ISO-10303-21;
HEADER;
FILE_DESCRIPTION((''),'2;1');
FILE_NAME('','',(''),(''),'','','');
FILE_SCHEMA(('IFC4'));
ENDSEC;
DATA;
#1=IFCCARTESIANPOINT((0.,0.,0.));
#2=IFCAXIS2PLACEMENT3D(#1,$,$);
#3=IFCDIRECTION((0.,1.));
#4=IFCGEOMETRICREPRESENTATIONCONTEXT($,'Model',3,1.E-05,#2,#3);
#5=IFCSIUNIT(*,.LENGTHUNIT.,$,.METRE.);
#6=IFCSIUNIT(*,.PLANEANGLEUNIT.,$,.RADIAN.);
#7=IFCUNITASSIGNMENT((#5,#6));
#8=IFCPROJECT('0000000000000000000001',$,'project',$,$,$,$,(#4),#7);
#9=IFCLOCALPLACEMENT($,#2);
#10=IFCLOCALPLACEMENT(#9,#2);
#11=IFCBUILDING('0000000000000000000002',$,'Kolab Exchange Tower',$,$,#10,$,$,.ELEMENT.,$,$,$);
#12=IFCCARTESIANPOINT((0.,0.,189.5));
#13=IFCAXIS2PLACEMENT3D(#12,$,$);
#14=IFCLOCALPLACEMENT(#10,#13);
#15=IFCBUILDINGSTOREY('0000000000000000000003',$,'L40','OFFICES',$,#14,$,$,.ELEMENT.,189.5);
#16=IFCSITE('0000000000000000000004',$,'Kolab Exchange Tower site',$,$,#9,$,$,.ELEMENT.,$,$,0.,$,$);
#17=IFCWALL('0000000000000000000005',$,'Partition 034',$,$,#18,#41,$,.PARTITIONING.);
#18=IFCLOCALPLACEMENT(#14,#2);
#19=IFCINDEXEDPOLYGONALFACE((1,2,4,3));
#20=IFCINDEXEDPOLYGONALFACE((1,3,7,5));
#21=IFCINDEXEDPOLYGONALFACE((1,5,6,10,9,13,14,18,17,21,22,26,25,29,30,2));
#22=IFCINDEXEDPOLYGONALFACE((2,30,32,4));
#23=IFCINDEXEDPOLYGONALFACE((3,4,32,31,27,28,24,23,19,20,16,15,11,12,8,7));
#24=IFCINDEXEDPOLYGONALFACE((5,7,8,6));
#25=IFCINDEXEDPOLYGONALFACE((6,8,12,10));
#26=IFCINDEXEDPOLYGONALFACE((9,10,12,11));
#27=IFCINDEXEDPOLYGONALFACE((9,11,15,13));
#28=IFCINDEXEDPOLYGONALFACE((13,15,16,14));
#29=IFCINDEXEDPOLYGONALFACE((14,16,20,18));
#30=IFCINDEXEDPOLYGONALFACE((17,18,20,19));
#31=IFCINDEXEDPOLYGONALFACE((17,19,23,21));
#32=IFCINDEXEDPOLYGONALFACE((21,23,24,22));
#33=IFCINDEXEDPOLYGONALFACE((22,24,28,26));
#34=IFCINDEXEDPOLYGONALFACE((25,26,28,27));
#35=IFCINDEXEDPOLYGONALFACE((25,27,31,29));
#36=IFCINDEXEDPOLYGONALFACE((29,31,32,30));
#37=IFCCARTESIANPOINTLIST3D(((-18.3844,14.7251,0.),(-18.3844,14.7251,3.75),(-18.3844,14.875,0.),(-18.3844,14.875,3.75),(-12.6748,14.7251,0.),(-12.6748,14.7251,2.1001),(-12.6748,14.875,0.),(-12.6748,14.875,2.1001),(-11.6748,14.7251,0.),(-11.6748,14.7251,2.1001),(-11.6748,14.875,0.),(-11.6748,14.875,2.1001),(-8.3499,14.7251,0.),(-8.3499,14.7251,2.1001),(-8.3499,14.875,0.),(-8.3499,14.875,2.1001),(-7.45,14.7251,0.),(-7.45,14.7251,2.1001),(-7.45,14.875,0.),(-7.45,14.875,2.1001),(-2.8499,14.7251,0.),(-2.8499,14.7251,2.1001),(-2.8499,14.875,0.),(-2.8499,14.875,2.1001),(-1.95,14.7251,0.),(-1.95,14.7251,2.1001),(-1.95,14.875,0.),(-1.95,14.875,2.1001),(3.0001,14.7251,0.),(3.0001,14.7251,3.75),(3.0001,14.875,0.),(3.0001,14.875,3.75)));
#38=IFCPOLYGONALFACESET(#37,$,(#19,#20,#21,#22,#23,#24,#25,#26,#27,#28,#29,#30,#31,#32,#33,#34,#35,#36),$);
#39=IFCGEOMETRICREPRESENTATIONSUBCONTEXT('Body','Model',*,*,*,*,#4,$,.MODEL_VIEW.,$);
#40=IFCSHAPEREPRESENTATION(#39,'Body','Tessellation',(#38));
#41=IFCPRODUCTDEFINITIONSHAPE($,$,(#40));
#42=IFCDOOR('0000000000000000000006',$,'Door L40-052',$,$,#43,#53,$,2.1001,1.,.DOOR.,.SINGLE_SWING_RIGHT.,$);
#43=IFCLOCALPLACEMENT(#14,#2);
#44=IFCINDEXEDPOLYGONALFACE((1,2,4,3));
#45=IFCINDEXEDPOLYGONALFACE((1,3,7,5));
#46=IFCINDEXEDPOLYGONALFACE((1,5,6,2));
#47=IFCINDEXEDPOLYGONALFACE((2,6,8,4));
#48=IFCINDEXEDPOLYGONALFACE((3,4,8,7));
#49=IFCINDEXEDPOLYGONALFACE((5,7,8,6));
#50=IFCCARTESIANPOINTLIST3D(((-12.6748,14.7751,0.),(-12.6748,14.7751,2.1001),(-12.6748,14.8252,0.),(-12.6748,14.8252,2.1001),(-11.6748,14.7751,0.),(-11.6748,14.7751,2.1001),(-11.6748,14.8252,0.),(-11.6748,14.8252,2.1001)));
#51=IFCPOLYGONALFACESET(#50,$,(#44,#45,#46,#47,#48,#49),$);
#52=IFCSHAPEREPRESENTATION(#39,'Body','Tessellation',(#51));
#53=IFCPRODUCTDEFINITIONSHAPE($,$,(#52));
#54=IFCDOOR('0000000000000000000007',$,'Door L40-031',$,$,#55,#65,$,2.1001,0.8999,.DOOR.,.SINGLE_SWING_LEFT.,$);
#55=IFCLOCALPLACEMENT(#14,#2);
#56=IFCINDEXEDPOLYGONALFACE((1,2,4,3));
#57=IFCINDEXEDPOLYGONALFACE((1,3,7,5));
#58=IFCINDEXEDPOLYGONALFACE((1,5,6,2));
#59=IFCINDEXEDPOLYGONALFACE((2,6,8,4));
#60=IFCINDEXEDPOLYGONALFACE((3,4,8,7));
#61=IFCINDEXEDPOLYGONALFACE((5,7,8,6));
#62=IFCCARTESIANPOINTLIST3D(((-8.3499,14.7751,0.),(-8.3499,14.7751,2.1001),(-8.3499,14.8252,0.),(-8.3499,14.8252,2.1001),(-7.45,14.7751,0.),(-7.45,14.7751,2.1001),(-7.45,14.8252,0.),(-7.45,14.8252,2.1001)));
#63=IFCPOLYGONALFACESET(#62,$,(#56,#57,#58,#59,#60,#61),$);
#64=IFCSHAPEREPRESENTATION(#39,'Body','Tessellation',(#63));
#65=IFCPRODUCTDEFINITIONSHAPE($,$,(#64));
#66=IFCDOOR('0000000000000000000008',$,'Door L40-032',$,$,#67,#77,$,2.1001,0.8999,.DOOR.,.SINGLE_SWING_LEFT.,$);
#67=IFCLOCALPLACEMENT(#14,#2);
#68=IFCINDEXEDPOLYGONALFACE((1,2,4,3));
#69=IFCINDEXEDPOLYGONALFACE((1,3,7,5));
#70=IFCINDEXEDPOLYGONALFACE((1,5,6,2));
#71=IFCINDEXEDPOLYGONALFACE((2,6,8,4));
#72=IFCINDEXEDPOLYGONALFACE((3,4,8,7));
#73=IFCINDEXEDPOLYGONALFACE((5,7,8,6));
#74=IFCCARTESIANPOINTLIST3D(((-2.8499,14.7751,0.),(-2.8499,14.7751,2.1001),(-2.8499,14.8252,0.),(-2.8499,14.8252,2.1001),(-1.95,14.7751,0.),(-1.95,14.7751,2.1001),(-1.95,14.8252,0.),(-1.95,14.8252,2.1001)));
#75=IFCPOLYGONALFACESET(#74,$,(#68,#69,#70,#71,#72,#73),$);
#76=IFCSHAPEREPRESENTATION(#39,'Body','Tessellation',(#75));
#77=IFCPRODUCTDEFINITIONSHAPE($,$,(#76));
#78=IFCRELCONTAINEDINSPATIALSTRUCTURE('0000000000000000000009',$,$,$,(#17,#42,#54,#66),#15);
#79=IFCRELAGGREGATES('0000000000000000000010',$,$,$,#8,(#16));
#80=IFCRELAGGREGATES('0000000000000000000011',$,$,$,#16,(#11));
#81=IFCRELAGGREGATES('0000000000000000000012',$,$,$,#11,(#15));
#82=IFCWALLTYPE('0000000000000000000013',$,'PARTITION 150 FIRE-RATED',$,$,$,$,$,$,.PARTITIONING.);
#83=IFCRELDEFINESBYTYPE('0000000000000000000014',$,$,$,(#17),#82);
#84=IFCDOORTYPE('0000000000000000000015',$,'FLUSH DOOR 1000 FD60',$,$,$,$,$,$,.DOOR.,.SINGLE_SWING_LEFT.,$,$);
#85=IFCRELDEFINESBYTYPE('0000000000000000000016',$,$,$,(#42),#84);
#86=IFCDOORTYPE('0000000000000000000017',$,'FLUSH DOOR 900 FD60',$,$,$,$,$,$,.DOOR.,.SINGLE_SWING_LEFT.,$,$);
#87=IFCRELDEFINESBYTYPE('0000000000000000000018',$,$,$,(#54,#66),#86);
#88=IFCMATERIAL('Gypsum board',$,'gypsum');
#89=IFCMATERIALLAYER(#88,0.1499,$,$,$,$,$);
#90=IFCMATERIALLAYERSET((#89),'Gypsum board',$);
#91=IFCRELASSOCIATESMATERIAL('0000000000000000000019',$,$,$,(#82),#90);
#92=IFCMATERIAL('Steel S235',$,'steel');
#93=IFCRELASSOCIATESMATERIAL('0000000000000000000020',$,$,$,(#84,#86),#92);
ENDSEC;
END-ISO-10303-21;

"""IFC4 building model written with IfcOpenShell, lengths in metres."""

from ifc_helpers import new_model, si_unit, direction, frame, frame_2d, origin, place, context, subcontext, project, spatial, rectangle, extrude, material, layer, layer_set, type_object, element, fill, save


model = new_model("IFC4")

# Units and contexts
model_context = context("Model", 3, precision=1e-05, world=origin(), true_north=direction((0.0, 1.0)))
body_context = subcontext(model_context, "Body", "Model", "MODEL_VIEW")
ifc_project = project(units=[si_unit("LENGTHUNIT", "METRE"), si_unit("PLANEANGLEUNIT", "RADIAN")], contexts=[model_context])

# Site, building, storey
site_placement = place(None, origin())
site = spatial("IfcSite", under=ifc_project, at=site_placement, Name="Kolab Exchange Tower site", CompositionType="ELEMENT", RefElevation=0.0)
building_placement = place(site_placement, origin())
building = spatial("IfcBuilding", under=site, at=building_placement, Name="Kolab Exchange Tower", CompositionType="ELEMENT")
storey_placement = place(building_placement, frame((0.0, 0.0, 189.5)))
storey = spatial("IfcBuildingStorey", under=building, at=storey_placement, Name="L40", Description="OFFICES", CompositionType="ELEMENT", Elevation=189.5)

# Shared definitions
ifc_material_1 = material(Name="Gypsum board", Category="gypsum")

# Wall, openings, doors
ifc_layer_1 = layer(ifc_material_1, 0.1499)
ifc_layer_set_1 = layer_set([ifc_layer_1], Name="Gypsum board")
wall_type_1 = type_object("IfcWallType", Name="PARTITION 150 FIRE-RATED", PredefinedType="PARTITIONING", material=ifc_layer_set_1)
wall_1_placement = place(storey_placement, frame((-18.3845, 14.8, 0.0), z_axis=(0.0, 0.0, 1.0), x_axis=(1.0, 0.0, 0.0)))
wall_1 = element("IfcWall", 1, at=wall_1_placement, inside=storey, type_object=wall_type_1, Name="Partition 034", PredefinedType="PARTITIONING", context=body_context, shape_type="SweptSolid", body=[
    extrude(rectangle(XDim=21.3845, YDim=0.1499, at=frame_2d((10.6924, 0.0))), origin(), (0.0, 0.0, 1.0), 3.75),
])
opening_1_placement = place(wall_1_placement, frame((10.0347, 0.0, 0.0)))
opening_1 = element("IfcOpeningElement", 2, at=opening_1_placement, cuts=wall_1, PredefinedType="OPENING", context=body_context, shape_type="SweptSolid", body=[
    extrude(rectangle(XDim=0.8999, YDim=2.1001, at=frame_2d((0.45, 1.05))), frame((0.0, 0.085, 0.0), z_axis=(0.0, -1.0, 0.0), x_axis=(1.0, 0.0, 0.0)), (0.0, 0.0, 1.0), 0.1699),
])
opening_2_placement = place(wall_1_placement, frame((15.5347, 0.0, 0.0)))
opening_2 = element("IfcOpeningElement", 3, at=opening_2_placement, cuts=wall_1, PredefinedType="OPENING", context=body_context, shape_type="SweptSolid", body=[
    extrude(rectangle(XDim=0.8999, YDim=2.1001, at=frame_2d((0.45, 1.05))), frame((0.0, 0.085, 0.0), z_axis=(0.0, -1.0, 0.0), x_axis=(1.0, 0.0, 0.0)), (0.0, 0.0, 1.0), 0.1699),
])
opening_3_placement = place(wall_1_placement, frame((5.7097, 0.0, 0.0)))
opening_3 = element("IfcOpeningElement", 4, at=opening_3_placement, cuts=wall_1, PredefinedType="OPENING", context=body_context, shape_type="SweptSolid", body=[
    extrude(rectangle(XDim=1.0, YDim=2.1001, at=frame_2d((0.5, 1.05))), frame((0.0, 0.085, 0.0), z_axis=(0.0, -1.0, 0.0), x_axis=(1.0, 0.0, 0.0)), (0.0, 0.0, 1.0), 0.1699),
])
ifc_material_2 = material(Name="Steel S235", Category="steel")
door_type_1 = type_object("IfcDoorType", Name="FLUSH DOOR 1000 FD60", OperationType="SINGLE_SWING_LEFT", PredefinedType="DOOR", material=ifc_material_2)
door_1_placement = place(opening_3_placement, frame((1.0, 0.0, 0.0), z_axis=(0.0, 0.0, 1.0), x_axis=(-1.0, 0.0, 0.0)))
door_1 = element("IfcDoor", 5, at=door_1_placement, inside=storey, type_object=door_type_1, Name="Door L40-052", OperationType="SINGLE_SWING_RIGHT", OverallHeight=2.1001, OverallWidth=1.0, PredefinedType="DOOR", context=body_context, shape_type="SweptSolid", body=[
    extrude(rectangle(XDim=1.0, YDim=2.1001, at=frame_2d((0.5, 1.05))), frame((0.0, 0.0249, 0.0), z_axis=(0.0, -1.0, 0.0), x_axis=(1.0, 0.0, 0.0)), (0.0, 0.0, 1.0), 0.05),
])
fill(opening_3, door_1)
door_type_2 = type_object("IfcDoorType", Name="FLUSH DOOR 900 FD60", OperationType="SINGLE_SWING_LEFT", PredefinedType="DOOR", material=ifc_material_2)
door_2_placement = place(opening_1_placement, frame((0.8999, 0.0, 0.0), z_axis=(0.0, 0.0, 1.0), x_axis=(-1.0, 0.0, 0.0)))
door_2 = element("IfcDoor", 6, at=door_2_placement, inside=storey, type_object=door_type_2, Name="Door L40-031", OperationType="SINGLE_SWING_LEFT", OverallHeight=2.1001, OverallWidth=0.8999, PredefinedType="DOOR", context=body_context, shape_type="SweptSolid", body=[
    extrude(rectangle(XDim=0.8999, YDim=2.1001, at=frame_2d((0.45, 1.05))), frame((0.0, 0.0249, 0.0), z_axis=(0.0, -1.0, 0.0), x_axis=(1.0, 0.0, 0.0)), (0.0, 0.0, 1.0), 0.05),
])
fill(opening_1, door_2)
door_3_placement = place(opening_2_placement, frame((0.8999, 0.0, 0.0), z_axis=(0.0, 0.0, 1.0), x_axis=(-1.0, 0.0, 0.0)))
door_3 = element("IfcDoor", 7, at=door_3_placement, inside=storey, type_object=door_type_2, Name="Door L40-032", OperationType="SINGLE_SWING_LEFT", OverallHeight=2.1001, OverallWidth=0.8999, PredefinedType="DOOR", context=body_context, shape_type="SweptSolid", body=[
    extrude(rectangle(XDim=0.8999, YDim=2.1001, at=frame_2d((0.45, 1.05))), frame((0.0, 0.0249, 0.0), z_axis=(0.0, -1.0, 0.0), x_axis=(1.0, 0.0, 0.0)), (0.0, 0.0, 1.0), 0.05),
])
fill(opening_2, door_3)

save(model, "model.ifc")
